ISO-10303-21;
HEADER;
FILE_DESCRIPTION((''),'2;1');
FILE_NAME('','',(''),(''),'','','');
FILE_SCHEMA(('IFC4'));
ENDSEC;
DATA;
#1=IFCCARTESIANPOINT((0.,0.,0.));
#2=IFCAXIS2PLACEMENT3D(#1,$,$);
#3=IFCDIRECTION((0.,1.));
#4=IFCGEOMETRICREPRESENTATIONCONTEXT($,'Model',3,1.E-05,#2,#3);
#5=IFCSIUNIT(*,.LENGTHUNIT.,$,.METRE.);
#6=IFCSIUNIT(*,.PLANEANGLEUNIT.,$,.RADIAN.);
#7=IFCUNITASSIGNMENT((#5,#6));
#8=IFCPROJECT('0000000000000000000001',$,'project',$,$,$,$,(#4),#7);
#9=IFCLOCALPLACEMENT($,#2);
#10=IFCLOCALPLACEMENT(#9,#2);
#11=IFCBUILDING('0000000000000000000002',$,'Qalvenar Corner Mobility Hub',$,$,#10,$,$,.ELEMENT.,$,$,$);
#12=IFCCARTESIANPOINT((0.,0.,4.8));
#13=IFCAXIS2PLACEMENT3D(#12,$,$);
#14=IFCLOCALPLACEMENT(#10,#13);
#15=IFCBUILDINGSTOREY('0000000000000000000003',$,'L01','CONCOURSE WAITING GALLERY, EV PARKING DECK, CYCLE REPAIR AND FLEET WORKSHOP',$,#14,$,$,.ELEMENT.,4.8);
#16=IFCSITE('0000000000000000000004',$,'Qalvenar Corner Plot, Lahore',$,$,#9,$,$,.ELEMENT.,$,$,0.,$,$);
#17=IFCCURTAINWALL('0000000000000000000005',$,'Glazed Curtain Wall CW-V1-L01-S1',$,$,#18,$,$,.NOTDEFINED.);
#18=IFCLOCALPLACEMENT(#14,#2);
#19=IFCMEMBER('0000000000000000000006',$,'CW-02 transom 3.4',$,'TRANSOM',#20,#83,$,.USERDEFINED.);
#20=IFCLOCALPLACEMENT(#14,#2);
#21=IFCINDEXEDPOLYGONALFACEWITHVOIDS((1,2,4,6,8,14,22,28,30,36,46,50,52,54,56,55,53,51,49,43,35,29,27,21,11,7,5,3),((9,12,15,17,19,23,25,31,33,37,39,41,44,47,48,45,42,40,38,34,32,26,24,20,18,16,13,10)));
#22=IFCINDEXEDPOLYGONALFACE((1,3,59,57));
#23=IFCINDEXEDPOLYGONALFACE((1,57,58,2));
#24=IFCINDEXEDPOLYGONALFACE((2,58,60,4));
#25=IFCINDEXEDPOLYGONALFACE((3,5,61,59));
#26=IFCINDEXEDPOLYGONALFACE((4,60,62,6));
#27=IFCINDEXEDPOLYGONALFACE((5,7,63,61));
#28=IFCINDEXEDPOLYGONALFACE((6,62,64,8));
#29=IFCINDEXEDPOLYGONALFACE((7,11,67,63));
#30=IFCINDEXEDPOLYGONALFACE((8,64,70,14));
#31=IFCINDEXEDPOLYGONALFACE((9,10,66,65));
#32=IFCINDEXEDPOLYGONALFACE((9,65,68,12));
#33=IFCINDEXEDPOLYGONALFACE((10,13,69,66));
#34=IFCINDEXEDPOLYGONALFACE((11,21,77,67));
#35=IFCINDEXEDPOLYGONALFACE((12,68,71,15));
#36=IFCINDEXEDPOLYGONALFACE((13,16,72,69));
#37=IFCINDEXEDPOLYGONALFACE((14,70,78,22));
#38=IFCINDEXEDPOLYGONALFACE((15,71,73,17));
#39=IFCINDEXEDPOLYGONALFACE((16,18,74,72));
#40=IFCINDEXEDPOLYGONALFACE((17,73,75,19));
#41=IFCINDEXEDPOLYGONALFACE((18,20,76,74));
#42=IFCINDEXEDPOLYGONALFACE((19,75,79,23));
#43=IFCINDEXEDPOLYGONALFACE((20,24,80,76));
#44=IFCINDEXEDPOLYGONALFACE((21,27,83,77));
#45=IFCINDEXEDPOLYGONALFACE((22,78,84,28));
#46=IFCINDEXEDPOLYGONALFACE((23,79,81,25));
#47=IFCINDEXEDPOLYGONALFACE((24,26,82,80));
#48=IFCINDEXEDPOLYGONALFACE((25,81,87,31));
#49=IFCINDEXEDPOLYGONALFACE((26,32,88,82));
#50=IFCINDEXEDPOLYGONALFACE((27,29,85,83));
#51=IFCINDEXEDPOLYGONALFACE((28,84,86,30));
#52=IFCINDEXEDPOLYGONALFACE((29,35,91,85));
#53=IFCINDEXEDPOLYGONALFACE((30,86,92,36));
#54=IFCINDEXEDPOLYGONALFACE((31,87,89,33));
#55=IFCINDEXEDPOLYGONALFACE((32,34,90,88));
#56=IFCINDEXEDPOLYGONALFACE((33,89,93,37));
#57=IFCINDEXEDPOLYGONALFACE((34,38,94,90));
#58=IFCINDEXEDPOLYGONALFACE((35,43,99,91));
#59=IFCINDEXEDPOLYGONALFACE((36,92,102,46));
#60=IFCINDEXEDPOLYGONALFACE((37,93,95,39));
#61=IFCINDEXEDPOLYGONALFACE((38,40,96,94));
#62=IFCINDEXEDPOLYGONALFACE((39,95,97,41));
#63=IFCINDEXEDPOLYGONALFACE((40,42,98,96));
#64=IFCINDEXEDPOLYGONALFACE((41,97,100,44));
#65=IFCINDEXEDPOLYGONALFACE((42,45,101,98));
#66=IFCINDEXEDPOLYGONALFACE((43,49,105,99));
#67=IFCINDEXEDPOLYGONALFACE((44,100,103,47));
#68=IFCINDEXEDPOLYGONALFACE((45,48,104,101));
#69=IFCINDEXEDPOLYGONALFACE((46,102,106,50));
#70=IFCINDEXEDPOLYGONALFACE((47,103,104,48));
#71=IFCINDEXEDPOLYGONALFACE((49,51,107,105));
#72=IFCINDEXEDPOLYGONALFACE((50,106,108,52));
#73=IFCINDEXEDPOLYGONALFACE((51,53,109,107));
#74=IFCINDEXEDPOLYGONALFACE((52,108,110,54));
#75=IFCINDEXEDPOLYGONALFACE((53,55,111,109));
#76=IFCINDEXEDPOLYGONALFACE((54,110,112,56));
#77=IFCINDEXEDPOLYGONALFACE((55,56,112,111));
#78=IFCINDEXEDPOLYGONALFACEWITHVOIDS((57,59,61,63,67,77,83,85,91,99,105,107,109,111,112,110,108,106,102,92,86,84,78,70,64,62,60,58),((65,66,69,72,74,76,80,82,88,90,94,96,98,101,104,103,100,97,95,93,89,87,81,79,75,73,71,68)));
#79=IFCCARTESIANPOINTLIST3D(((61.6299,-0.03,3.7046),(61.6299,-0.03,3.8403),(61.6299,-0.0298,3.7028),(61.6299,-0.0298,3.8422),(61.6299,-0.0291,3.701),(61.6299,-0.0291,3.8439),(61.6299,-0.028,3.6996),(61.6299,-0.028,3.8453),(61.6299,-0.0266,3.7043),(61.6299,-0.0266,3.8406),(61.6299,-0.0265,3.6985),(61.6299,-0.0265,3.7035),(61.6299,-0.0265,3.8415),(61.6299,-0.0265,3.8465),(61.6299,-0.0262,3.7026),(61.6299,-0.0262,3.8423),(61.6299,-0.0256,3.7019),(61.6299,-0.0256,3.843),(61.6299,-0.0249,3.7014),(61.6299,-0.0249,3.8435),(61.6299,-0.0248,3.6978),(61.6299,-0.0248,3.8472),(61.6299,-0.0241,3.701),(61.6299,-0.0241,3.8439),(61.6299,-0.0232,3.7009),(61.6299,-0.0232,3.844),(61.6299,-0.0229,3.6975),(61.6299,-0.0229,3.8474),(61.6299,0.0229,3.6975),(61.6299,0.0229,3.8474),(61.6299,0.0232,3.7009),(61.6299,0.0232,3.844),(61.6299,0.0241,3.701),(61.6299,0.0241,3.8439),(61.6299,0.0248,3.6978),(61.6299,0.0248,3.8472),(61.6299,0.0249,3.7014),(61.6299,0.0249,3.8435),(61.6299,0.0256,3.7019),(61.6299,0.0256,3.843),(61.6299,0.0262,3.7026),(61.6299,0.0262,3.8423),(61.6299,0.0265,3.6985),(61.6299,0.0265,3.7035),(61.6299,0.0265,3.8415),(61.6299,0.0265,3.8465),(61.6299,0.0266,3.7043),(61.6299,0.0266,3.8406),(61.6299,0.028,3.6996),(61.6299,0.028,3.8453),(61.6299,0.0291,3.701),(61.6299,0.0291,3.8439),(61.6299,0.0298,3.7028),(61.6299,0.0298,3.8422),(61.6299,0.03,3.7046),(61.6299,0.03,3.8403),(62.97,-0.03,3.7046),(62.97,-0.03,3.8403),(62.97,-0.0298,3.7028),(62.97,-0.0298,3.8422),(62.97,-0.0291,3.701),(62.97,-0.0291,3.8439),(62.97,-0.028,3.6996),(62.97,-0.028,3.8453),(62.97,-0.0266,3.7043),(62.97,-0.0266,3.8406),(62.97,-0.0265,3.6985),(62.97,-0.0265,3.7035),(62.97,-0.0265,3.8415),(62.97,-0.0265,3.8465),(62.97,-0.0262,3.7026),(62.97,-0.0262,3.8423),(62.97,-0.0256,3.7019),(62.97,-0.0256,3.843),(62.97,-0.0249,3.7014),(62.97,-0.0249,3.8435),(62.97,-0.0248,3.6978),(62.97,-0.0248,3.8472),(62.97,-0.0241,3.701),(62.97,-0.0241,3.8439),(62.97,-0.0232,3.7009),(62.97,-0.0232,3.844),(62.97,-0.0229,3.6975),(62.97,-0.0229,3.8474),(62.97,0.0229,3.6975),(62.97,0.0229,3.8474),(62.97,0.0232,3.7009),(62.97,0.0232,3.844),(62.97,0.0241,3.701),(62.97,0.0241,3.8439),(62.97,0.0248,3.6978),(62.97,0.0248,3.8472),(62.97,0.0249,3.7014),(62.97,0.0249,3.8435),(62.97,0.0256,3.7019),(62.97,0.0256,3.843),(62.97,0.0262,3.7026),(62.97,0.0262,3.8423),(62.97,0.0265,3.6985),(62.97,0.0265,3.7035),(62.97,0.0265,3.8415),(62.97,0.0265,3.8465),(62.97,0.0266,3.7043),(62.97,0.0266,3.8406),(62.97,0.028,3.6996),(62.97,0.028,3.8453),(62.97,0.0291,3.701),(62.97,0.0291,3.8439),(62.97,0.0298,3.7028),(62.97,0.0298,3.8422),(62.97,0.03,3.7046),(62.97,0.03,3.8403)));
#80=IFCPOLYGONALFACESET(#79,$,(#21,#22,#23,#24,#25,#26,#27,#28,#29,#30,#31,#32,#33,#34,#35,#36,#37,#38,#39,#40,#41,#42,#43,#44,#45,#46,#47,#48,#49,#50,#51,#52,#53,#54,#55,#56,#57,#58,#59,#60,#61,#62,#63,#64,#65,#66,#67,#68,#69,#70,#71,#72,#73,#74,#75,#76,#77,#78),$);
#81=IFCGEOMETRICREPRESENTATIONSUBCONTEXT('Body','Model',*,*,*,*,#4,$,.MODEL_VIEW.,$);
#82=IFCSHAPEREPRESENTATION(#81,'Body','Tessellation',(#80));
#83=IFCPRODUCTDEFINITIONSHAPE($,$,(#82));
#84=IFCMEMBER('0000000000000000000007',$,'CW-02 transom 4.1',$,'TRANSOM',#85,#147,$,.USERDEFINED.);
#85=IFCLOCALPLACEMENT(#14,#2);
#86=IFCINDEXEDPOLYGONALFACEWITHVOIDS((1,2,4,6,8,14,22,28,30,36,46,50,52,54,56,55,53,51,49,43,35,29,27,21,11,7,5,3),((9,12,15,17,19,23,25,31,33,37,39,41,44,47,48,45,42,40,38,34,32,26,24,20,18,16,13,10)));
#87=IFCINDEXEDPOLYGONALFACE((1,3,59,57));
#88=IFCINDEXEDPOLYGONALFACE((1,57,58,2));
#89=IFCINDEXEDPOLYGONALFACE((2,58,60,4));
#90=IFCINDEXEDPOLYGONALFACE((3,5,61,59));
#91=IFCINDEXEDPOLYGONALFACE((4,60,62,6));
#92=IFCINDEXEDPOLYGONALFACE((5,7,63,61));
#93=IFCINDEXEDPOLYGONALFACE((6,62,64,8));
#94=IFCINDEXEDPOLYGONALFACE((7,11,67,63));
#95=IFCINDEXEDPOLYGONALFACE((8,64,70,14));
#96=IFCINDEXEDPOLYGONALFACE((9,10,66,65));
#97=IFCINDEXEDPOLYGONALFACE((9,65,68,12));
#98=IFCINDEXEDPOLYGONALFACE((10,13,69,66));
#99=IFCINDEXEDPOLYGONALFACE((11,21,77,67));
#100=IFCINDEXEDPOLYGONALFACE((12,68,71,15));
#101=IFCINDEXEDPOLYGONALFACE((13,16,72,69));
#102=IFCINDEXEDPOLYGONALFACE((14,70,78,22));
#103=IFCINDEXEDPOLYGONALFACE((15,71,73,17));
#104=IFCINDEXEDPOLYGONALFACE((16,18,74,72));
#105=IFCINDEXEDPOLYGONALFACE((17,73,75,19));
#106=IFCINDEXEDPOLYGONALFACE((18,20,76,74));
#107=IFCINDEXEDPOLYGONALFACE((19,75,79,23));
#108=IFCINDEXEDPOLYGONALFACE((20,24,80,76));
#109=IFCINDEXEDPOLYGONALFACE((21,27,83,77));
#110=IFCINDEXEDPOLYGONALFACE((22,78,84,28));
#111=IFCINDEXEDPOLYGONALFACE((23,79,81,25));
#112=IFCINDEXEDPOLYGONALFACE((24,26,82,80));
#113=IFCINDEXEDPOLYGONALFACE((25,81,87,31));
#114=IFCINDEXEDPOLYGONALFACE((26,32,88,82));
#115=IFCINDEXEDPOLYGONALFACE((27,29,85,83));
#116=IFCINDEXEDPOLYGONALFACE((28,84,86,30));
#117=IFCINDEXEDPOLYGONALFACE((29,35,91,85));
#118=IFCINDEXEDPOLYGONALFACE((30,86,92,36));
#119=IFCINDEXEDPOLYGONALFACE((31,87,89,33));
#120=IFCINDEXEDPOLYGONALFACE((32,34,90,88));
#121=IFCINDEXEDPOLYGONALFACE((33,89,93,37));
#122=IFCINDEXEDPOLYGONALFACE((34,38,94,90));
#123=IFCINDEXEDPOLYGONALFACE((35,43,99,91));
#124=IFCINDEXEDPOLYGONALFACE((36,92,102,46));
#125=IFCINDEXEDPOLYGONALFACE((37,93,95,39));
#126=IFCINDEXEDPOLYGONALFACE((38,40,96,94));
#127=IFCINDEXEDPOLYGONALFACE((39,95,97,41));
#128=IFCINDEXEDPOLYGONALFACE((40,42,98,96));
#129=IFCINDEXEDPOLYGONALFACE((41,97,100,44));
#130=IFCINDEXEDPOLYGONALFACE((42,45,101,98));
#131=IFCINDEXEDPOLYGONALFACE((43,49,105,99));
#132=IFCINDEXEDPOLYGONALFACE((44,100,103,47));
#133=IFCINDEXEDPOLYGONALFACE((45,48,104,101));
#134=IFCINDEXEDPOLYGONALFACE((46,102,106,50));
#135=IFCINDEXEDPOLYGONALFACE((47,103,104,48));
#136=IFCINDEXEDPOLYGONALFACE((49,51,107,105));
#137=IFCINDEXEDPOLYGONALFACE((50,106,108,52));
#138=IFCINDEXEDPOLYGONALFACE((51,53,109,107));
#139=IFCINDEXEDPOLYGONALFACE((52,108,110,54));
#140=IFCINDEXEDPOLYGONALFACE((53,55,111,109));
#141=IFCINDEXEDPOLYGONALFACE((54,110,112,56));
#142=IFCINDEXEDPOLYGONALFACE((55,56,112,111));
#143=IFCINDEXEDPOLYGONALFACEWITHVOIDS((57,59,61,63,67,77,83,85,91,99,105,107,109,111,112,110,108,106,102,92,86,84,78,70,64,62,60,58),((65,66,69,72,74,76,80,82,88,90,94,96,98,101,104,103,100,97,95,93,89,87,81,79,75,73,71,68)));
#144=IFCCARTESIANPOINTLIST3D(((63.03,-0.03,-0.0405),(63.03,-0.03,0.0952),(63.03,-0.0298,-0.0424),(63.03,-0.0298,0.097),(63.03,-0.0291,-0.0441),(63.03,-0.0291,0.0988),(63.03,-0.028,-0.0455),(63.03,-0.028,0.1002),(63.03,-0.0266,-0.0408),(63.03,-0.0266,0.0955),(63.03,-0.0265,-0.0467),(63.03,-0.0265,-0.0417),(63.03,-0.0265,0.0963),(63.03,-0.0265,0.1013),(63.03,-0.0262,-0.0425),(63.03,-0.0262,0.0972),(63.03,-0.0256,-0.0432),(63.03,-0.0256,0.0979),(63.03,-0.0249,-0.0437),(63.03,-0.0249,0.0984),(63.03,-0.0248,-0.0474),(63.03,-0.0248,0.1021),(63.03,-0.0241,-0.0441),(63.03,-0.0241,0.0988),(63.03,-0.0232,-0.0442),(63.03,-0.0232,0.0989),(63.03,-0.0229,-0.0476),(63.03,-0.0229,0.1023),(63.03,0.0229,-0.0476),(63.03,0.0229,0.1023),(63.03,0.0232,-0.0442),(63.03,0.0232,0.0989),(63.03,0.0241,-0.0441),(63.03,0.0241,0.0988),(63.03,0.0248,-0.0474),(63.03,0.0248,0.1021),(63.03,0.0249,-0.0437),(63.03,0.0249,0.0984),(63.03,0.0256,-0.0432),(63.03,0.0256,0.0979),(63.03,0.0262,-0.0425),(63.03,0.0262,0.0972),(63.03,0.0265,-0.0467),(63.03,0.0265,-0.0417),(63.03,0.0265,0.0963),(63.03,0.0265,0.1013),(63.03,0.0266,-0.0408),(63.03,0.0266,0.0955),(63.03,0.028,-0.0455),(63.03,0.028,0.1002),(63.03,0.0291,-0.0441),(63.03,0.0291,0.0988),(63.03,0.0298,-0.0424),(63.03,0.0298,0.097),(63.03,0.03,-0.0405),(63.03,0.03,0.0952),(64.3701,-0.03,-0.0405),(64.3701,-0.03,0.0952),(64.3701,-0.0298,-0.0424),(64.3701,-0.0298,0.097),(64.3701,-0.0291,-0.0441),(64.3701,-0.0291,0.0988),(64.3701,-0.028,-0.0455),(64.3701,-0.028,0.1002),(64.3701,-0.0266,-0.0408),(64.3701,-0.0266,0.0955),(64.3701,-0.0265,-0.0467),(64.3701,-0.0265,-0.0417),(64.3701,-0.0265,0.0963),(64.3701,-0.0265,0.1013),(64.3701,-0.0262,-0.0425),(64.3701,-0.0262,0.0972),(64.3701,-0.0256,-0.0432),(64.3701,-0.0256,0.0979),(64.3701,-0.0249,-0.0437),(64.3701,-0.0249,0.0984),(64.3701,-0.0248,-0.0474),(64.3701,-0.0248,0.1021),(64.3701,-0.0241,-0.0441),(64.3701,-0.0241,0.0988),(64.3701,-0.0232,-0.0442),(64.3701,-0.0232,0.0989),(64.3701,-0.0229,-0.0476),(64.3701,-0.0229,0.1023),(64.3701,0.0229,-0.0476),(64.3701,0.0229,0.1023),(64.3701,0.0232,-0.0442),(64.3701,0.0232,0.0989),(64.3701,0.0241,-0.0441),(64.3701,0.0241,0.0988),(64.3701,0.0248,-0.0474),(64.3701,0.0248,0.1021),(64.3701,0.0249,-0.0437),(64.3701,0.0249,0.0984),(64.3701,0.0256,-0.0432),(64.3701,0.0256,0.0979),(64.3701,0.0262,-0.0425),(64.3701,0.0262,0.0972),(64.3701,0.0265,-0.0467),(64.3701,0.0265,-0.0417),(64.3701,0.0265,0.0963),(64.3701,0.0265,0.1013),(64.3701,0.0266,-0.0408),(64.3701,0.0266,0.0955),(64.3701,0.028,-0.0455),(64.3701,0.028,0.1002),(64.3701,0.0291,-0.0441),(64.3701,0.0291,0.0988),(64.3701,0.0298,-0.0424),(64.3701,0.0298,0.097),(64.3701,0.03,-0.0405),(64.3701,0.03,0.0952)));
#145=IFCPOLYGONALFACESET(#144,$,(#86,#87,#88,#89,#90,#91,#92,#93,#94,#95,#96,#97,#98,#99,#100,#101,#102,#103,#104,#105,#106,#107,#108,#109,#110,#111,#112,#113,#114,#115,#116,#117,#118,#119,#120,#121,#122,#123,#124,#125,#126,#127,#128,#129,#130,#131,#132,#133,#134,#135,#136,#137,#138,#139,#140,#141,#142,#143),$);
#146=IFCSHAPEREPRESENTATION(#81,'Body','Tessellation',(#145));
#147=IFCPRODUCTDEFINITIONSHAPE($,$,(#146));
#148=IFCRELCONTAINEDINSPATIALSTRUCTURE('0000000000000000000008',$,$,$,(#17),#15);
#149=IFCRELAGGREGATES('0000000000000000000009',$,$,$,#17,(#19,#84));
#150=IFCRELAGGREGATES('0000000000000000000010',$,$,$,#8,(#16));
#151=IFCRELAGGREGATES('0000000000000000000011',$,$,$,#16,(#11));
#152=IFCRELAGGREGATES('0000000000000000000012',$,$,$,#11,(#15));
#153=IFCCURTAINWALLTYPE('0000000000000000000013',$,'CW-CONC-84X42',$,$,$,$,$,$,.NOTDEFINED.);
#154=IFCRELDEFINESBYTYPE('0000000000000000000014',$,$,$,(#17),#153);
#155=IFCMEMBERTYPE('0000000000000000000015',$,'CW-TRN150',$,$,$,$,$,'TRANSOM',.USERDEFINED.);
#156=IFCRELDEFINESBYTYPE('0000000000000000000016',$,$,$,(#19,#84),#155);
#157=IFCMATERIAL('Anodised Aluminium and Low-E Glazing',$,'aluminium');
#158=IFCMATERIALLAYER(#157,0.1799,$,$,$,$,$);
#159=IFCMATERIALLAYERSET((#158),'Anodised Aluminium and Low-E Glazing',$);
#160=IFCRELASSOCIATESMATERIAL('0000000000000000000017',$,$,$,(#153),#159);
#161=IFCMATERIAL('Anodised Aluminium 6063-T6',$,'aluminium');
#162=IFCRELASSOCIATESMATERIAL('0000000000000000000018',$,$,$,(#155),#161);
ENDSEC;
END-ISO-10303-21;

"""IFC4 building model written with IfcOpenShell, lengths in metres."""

from ifc_helpers import new_model, si_unit, direction, frame, origin, origin_2d, place, context, subcontext, project, spatial, hollow_rectangle, extrude, material, layer, layer_set, material_profile, profile_set, type_object, element, aggregate, save


model = new_model("IFC4")

# Units and contexts
model_context = context("Model", 3, precision=1e-05, world=origin(), true_north=direction((0.0, 1.0)))
body_context = subcontext(model_context, "Body", "Model", "MODEL_VIEW")
ifc_project = project(units=[si_unit("LENGTHUNIT", "METRE"), si_unit("PLANEANGLEUNIT", "RADIAN")], contexts=[model_context])

# Site, building, storey
site_placement = place(None, origin())
site = spatial("IfcSite", under=ifc_project, at=site_placement, Name="Qalvenar Corner Plot, Lahore", CompositionType="ELEMENT", RefElevation=0.0)
building_placement = place(site_placement, origin())
building = spatial("IfcBuilding", under=site, at=building_placement, Name="Qalvenar Corner Mobility Hub", CompositionType="ELEMENT")
storey_placement = place(building_placement, frame((0.0, 0.0, 4.8)))
storey = spatial("IfcBuildingStorey", under=building, at=storey_placement, Name="L01", Description="CONCOURSE WAITING GALLERY, EV PARKING DECK, CYCLE REPAIR AND FLEET WORKSHOP", CompositionType="ELEMENT", Elevation=4.8)

# Curtain wall, members
ifc_material_1 = material(Name="Anodised Aluminium and Low-E Glazing", Category="aluminium")
ifc_layer_1 = layer(ifc_material_1, 0.1799)
ifc_layer_set_1 = layer_set([ifc_layer_1], Name="Anodised Aluminium and Low-E Glazing")
curtain_wall_type = type_object("IfcCurtainWallType", Name="CW-CONC-84X42", PredefinedType="NOTDEFINED", material=ifc_layer_set_1)
curtain_wall_placement = place(storey_placement, origin())
curtain_wall = element("IfcCurtainWall", 1, at=curtain_wall_placement, inside=storey, type_object=curtain_wall_type, Name="Glazed Curtain Wall CW-V1-L01-S1", PredefinedType="NOTDEFINED")
ifc_material_2 = material(Name="Anodised Aluminium 6063-T6", Category="aluminium")
ifc_material_profile_1 = material_profile(ifc_material_2, hollow_rectangle(XDim=0.0601, YDim=0.1499, WallThickness=0.0034, InnerFilletRadius=0.0034, OuterFilletRadius=0.0071, at=origin_2d()), Name="RHS150x60x3.5")
ifc_profile_set_1 = profile_set([ifc_material_profile_1], Name="Anodised Aluminium 6063-T6")
member_type_1 = type_object("IfcMemberType", Name="CW-TRN150", ElementType="TRANSOM", PredefinedType="USERDEFINED", material=ifc_profile_set_1)
member_1_placement = place(storey_placement, frame((61.6299, 0.0, 3.7725), z_axis=(1.0, 0.0, 0.0), x_axis=(0.0, 1.0, 0.0)))
member_1 = element("IfcMember", 2, at=member_1_placement, type_object=member_type_1, Name="CW-02 transom 3.4", ObjectType="TRANSOM", PredefinedType="USERDEFINED", context=body_context, shape_type="SweptSolid", body=[
    extrude(hollow_rectangle(XDim=0.0601, YDim=0.1499, WallThickness=0.0034, InnerFilletRadius=0.0034, OuterFilletRadius=0.0071, at=origin_2d()), origin(), (0.0, 0.0, 1.0), 1.3401),
])
member_2_placement = place(storey_placement, frame((63.03, 0.0, 0.0273), z_axis=(1.0, 0.0, 0.0), x_axis=(0.0, 1.0, 0.0)))
member_2 = element("IfcMember", 3, at=member_2_placement, type_object=member_type_1, Name="CW-02 transom 4.1", ObjectType="TRANSOM", PredefinedType="USERDEFINED", context=body_context, shape_type="SweptSolid", body=[
    extrude(hollow_rectangle(XDim=0.0601, YDim=0.1499, WallThickness=0.0034, InnerFilletRadius=0.0034, OuterFilletRadius=0.0071, at=origin_2d()), origin(), (0.0, 0.0, 1.0), 1.3401),
])
aggregate(curtain_wall, [member_1, member_2])

save(model, "model.ifc")
